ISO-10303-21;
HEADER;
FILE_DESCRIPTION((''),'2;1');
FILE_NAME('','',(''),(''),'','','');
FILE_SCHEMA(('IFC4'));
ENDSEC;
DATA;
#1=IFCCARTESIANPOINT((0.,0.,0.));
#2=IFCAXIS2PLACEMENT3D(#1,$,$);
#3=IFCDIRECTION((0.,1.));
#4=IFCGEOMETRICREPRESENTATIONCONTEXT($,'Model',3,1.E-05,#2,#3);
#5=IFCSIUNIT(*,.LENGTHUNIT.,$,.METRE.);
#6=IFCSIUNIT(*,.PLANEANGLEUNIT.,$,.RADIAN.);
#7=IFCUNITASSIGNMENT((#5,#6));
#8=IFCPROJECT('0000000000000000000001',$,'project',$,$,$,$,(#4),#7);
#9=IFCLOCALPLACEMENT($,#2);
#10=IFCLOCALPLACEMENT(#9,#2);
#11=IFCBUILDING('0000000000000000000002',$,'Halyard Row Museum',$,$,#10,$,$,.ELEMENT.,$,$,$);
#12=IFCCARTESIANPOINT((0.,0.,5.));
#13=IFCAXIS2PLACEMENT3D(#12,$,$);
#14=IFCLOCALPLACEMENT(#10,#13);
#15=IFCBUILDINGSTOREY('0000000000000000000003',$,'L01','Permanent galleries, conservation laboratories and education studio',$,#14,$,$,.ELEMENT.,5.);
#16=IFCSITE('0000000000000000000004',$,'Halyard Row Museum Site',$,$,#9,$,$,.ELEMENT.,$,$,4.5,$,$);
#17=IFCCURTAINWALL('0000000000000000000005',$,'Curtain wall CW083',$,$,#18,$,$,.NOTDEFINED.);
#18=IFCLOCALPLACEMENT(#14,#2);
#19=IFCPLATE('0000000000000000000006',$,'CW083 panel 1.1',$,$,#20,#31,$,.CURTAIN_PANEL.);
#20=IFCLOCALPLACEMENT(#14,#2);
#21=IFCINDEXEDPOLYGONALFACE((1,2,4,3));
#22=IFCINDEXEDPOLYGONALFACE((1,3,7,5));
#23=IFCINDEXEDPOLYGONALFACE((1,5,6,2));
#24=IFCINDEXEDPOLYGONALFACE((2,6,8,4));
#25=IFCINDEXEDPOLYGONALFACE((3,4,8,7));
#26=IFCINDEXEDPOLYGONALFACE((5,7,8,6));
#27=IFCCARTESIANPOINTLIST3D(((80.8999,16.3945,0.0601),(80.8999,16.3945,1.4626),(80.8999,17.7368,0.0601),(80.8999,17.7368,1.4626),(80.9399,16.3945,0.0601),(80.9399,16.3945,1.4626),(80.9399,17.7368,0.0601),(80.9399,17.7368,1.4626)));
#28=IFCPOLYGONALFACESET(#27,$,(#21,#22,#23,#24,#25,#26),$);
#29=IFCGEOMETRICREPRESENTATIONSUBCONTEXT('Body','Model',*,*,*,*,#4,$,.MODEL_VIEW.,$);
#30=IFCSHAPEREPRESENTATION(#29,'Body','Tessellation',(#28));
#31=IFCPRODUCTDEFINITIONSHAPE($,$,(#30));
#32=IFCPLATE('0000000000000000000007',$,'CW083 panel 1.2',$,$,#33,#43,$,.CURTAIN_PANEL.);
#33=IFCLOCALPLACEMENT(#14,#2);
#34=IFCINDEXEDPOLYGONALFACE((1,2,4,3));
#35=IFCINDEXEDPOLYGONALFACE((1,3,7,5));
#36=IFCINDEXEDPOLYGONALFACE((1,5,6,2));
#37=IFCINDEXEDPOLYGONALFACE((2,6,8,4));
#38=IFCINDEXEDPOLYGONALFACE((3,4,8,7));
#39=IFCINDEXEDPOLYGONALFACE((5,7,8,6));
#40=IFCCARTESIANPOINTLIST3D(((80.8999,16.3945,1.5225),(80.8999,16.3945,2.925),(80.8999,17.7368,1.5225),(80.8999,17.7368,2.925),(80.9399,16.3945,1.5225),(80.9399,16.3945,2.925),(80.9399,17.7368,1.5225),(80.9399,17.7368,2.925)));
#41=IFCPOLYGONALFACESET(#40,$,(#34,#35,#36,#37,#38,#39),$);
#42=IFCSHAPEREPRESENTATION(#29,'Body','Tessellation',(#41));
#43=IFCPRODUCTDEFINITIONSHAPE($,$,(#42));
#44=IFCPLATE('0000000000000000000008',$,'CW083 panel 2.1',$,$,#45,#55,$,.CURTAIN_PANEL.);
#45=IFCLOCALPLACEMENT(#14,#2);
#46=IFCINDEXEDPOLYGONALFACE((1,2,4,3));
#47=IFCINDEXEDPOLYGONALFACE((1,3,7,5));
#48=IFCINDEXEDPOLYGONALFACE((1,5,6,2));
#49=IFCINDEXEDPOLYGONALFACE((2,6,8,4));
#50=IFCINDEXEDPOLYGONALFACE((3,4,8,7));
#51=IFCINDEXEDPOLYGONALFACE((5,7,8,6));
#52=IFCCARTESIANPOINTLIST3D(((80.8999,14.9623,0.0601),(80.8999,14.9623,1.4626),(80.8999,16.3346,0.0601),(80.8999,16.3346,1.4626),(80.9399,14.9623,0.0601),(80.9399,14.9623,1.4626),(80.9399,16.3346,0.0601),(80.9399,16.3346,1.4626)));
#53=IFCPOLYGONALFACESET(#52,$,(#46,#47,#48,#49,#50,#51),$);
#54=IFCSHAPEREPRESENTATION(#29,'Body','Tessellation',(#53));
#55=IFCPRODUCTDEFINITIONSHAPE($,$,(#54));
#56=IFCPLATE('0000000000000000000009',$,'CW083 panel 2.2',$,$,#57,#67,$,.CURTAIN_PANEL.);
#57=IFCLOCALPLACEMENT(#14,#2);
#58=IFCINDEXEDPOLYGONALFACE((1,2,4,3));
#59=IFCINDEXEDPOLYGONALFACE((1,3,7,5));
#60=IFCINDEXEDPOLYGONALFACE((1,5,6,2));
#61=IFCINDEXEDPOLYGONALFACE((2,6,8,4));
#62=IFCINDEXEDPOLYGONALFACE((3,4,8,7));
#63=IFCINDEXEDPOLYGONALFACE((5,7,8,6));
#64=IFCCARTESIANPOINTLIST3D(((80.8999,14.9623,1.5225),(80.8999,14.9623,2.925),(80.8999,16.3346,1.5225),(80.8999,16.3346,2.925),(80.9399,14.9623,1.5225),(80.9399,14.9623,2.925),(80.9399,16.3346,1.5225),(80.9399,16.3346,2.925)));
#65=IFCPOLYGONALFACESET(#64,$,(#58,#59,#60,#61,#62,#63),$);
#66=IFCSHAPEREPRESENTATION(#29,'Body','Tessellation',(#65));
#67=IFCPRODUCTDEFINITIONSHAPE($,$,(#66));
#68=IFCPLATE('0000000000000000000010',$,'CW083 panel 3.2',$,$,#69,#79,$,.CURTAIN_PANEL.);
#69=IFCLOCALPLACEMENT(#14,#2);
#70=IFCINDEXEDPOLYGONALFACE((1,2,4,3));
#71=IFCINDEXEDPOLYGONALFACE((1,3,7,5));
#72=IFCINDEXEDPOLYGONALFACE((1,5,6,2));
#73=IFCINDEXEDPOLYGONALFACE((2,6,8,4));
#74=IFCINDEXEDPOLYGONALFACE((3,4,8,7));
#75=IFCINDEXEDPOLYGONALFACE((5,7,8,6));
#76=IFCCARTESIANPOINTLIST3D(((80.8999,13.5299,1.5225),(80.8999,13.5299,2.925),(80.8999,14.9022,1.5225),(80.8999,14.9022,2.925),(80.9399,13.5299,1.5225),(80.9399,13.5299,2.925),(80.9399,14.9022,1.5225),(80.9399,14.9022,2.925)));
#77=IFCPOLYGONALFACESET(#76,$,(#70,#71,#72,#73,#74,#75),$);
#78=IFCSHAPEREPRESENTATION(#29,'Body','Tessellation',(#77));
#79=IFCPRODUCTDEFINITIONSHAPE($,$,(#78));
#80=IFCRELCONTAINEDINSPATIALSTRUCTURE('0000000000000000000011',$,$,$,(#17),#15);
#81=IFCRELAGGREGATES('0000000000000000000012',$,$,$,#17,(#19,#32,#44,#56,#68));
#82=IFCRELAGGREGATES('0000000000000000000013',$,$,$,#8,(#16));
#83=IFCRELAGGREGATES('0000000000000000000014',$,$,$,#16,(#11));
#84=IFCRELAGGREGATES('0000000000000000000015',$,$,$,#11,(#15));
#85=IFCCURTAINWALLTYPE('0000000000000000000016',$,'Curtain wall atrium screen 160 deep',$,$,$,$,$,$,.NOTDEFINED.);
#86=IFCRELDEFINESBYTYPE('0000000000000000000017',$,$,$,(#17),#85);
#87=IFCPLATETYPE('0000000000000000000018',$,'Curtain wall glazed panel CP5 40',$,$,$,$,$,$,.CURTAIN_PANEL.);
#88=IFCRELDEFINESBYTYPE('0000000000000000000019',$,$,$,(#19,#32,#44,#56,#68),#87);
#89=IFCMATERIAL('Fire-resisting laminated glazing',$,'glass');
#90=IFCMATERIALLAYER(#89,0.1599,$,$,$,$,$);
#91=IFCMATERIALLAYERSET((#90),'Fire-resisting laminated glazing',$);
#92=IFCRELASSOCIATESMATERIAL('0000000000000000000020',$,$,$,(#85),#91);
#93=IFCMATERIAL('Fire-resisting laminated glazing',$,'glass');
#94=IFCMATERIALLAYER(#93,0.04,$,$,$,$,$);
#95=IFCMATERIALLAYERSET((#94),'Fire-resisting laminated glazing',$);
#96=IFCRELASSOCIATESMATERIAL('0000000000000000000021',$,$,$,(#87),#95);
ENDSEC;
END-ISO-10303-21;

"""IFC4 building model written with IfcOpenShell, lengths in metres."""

from ifc_helpers import new_model, si_unit, direction, frame, origin, origin_2d, place, context, subcontext, project, spatial, rectangle, extrude, material, layer, layer_set, type_object, element, aggregate, save


model = new_model("IFC4")

# Units and contexts
model_context = context("Model", 3, precision=1e-05, world=origin(), true_north=direction((0.0, 1.0)))
body_context = subcontext(model_context, "Body", "Model", "MODEL_VIEW")
ifc_project = project(units=[si_unit("LENGTHUNIT", "METRE"), si_unit("PLANEANGLEUNIT", "RADIAN")], contexts=[model_context])

# Site, building, storey
site_placement = place(None, origin())
site = spatial("IfcSite", under=ifc_project, at=site_placement, Name="Halyard Row Museum Site", CompositionType="ELEMENT", RefElevation=4.5)
building_placement = place(site_placement, origin())
building = spatial("IfcBuilding", under=site, at=building_placement, Name="Halyard Row Museum", CompositionType="ELEMENT")
storey_placement = place(building_placement, frame((0.0, 0.0, 5.0)))
storey = spatial("IfcBuildingStorey", under=building, at=storey_placement, Name="L01", Description="Permanent galleries, conservation laboratories and education studio", CompositionType="ELEMENT", Elevation=5.0)

# Shared definitions
ifc_material_1 = material(Name="Fire-resisting laminated glazing", Category="glass")
ifc_layer_1 = layer(ifc_material_1, 0.1599)
ifc_layer_set_1 = layer_set([ifc_layer_1], Name="Fire-resisting laminated glazing")
curtain_wall_type = type_object("IfcCurtainWallType", Name="Curtain wall atrium screen 160 deep", PredefinedType="NOTDEFINED", material=ifc_layer_set_1)

# Curtain wall
curtain_wall_1_placement = place(storey_placement, origin())
curtain_wall_1 = element("IfcCurtainWall", 1, at=curtain_wall_1_placement, inside=storey, type_object=curtain_wall_type, Name="Curtain wall CW083", PredefinedType="NOTDEFINED")

# Plates
ifc_material_2 = material(Name="Fire-resisting laminated glazing", Category="glass")
ifc_layer_2 = layer(ifc_material_2, 0.04)
ifc_layer_set_2 = layer_set([ifc_layer_2], Name="Fire-resisting laminated glazing")
plate_type = type_object("IfcPlateType", Name="Curtain wall glazed panel CP5 40", PredefinedType="CURTAIN_PANEL", material=ifc_layer_set_2)
plate_1_placement = place(storey_placement, frame((80.9199, 17.0657, 0.0601), z_axis=(0.0, 0.0, 1.0), x_axis=(0.0, -1.0, 0.0)))
plate_1 = element("IfcPlate", 2, at=plate_1_placement, type_object=plate_type, Name="CW083 panel 1.1", PredefinedType="CURTAIN_PANEL", context=body_context, shape_type="SweptSolid", body=[
    extrude(rectangle(XDim=1.3423, YDim=0.04, at=origin_2d()), origin(), (0.0, 0.0, 1.0), 1.4026),
])
plate_2_placement = place(storey_placement, frame((80.9199, 17.0657, 1.5225), z_axis=(0.0, 0.0, 1.0), x_axis=(0.0, -1.0, 0.0)))
plate_2 = element("IfcPlate", 3, at=plate_2_placement, type_object=plate_type, Name="CW083 panel 1.2", PredefinedType="CURTAIN_PANEL", context=body_context, shape_type="SweptSolid", body=[
    extrude(rectangle(XDim=1.3423, YDim=0.04, at=origin_2d()), origin(), (0.0, 0.0, 1.0), 1.4026),
])
plate_3_placement = place(storey_placement, frame((80.9199, 15.6484, 0.0601), z_axis=(0.0, 0.0, 1.0), x_axis=(0.0, -1.0, 0.0)))
plate_3 = element("IfcPlate", 4, at=plate_3_placement, type_object=plate_type, Name="CW083 panel 2.1", PredefinedType="CURTAIN_PANEL", context=body_context, shape_type="SweptSolid", body=[
    extrude(rectangle(XDim=1.3723, YDim=0.04, at=origin_2d()), origin(), (0.0, 0.0, 1.0), 1.4026),
])
plate_4_placement = place(storey_placement, frame((80.9199, 15.6484, 1.5225), z_axis=(0.0, 0.0, 1.0), x_axis=(0.0, -1.0, 0.0)))
plate_4 = element("IfcPlate", 5, at=plate_4_placement, type_object=plate_type, Name="CW083 panel 2.2", PredefinedType="CURTAIN_PANEL", context=body_context, shape_type="SweptSolid", body=[
    extrude(rectangle(XDim=1.3723, YDim=0.04, at=origin_2d()), origin(), (0.0, 0.0, 1.0), 1.4026),
])
plate_5_placement = place(storey_placement, frame((80.9199, 14.2161, 1.5225), z_axis=(0.0, 0.0, 1.0), x_axis=(0.0, -1.0, 0.0)))
plate_5 = element("IfcPlate", 6, at=plate_5_placement, type_object=plate_type, Name="CW083 panel 3.2", PredefinedType="CURTAIN_PANEL", context=body_context, shape_type="SweptSolid", body=[
    extrude(rectangle(XDim=1.3723, YDim=0.04, at=origin_2d()), origin(), (0.0, 0.0, 1.0), 1.4026),
])
aggregate(curtain_wall_1, [plate_1, plate_2, plate_3, plate_4, plate_5])

save(model, "model.ifc")
